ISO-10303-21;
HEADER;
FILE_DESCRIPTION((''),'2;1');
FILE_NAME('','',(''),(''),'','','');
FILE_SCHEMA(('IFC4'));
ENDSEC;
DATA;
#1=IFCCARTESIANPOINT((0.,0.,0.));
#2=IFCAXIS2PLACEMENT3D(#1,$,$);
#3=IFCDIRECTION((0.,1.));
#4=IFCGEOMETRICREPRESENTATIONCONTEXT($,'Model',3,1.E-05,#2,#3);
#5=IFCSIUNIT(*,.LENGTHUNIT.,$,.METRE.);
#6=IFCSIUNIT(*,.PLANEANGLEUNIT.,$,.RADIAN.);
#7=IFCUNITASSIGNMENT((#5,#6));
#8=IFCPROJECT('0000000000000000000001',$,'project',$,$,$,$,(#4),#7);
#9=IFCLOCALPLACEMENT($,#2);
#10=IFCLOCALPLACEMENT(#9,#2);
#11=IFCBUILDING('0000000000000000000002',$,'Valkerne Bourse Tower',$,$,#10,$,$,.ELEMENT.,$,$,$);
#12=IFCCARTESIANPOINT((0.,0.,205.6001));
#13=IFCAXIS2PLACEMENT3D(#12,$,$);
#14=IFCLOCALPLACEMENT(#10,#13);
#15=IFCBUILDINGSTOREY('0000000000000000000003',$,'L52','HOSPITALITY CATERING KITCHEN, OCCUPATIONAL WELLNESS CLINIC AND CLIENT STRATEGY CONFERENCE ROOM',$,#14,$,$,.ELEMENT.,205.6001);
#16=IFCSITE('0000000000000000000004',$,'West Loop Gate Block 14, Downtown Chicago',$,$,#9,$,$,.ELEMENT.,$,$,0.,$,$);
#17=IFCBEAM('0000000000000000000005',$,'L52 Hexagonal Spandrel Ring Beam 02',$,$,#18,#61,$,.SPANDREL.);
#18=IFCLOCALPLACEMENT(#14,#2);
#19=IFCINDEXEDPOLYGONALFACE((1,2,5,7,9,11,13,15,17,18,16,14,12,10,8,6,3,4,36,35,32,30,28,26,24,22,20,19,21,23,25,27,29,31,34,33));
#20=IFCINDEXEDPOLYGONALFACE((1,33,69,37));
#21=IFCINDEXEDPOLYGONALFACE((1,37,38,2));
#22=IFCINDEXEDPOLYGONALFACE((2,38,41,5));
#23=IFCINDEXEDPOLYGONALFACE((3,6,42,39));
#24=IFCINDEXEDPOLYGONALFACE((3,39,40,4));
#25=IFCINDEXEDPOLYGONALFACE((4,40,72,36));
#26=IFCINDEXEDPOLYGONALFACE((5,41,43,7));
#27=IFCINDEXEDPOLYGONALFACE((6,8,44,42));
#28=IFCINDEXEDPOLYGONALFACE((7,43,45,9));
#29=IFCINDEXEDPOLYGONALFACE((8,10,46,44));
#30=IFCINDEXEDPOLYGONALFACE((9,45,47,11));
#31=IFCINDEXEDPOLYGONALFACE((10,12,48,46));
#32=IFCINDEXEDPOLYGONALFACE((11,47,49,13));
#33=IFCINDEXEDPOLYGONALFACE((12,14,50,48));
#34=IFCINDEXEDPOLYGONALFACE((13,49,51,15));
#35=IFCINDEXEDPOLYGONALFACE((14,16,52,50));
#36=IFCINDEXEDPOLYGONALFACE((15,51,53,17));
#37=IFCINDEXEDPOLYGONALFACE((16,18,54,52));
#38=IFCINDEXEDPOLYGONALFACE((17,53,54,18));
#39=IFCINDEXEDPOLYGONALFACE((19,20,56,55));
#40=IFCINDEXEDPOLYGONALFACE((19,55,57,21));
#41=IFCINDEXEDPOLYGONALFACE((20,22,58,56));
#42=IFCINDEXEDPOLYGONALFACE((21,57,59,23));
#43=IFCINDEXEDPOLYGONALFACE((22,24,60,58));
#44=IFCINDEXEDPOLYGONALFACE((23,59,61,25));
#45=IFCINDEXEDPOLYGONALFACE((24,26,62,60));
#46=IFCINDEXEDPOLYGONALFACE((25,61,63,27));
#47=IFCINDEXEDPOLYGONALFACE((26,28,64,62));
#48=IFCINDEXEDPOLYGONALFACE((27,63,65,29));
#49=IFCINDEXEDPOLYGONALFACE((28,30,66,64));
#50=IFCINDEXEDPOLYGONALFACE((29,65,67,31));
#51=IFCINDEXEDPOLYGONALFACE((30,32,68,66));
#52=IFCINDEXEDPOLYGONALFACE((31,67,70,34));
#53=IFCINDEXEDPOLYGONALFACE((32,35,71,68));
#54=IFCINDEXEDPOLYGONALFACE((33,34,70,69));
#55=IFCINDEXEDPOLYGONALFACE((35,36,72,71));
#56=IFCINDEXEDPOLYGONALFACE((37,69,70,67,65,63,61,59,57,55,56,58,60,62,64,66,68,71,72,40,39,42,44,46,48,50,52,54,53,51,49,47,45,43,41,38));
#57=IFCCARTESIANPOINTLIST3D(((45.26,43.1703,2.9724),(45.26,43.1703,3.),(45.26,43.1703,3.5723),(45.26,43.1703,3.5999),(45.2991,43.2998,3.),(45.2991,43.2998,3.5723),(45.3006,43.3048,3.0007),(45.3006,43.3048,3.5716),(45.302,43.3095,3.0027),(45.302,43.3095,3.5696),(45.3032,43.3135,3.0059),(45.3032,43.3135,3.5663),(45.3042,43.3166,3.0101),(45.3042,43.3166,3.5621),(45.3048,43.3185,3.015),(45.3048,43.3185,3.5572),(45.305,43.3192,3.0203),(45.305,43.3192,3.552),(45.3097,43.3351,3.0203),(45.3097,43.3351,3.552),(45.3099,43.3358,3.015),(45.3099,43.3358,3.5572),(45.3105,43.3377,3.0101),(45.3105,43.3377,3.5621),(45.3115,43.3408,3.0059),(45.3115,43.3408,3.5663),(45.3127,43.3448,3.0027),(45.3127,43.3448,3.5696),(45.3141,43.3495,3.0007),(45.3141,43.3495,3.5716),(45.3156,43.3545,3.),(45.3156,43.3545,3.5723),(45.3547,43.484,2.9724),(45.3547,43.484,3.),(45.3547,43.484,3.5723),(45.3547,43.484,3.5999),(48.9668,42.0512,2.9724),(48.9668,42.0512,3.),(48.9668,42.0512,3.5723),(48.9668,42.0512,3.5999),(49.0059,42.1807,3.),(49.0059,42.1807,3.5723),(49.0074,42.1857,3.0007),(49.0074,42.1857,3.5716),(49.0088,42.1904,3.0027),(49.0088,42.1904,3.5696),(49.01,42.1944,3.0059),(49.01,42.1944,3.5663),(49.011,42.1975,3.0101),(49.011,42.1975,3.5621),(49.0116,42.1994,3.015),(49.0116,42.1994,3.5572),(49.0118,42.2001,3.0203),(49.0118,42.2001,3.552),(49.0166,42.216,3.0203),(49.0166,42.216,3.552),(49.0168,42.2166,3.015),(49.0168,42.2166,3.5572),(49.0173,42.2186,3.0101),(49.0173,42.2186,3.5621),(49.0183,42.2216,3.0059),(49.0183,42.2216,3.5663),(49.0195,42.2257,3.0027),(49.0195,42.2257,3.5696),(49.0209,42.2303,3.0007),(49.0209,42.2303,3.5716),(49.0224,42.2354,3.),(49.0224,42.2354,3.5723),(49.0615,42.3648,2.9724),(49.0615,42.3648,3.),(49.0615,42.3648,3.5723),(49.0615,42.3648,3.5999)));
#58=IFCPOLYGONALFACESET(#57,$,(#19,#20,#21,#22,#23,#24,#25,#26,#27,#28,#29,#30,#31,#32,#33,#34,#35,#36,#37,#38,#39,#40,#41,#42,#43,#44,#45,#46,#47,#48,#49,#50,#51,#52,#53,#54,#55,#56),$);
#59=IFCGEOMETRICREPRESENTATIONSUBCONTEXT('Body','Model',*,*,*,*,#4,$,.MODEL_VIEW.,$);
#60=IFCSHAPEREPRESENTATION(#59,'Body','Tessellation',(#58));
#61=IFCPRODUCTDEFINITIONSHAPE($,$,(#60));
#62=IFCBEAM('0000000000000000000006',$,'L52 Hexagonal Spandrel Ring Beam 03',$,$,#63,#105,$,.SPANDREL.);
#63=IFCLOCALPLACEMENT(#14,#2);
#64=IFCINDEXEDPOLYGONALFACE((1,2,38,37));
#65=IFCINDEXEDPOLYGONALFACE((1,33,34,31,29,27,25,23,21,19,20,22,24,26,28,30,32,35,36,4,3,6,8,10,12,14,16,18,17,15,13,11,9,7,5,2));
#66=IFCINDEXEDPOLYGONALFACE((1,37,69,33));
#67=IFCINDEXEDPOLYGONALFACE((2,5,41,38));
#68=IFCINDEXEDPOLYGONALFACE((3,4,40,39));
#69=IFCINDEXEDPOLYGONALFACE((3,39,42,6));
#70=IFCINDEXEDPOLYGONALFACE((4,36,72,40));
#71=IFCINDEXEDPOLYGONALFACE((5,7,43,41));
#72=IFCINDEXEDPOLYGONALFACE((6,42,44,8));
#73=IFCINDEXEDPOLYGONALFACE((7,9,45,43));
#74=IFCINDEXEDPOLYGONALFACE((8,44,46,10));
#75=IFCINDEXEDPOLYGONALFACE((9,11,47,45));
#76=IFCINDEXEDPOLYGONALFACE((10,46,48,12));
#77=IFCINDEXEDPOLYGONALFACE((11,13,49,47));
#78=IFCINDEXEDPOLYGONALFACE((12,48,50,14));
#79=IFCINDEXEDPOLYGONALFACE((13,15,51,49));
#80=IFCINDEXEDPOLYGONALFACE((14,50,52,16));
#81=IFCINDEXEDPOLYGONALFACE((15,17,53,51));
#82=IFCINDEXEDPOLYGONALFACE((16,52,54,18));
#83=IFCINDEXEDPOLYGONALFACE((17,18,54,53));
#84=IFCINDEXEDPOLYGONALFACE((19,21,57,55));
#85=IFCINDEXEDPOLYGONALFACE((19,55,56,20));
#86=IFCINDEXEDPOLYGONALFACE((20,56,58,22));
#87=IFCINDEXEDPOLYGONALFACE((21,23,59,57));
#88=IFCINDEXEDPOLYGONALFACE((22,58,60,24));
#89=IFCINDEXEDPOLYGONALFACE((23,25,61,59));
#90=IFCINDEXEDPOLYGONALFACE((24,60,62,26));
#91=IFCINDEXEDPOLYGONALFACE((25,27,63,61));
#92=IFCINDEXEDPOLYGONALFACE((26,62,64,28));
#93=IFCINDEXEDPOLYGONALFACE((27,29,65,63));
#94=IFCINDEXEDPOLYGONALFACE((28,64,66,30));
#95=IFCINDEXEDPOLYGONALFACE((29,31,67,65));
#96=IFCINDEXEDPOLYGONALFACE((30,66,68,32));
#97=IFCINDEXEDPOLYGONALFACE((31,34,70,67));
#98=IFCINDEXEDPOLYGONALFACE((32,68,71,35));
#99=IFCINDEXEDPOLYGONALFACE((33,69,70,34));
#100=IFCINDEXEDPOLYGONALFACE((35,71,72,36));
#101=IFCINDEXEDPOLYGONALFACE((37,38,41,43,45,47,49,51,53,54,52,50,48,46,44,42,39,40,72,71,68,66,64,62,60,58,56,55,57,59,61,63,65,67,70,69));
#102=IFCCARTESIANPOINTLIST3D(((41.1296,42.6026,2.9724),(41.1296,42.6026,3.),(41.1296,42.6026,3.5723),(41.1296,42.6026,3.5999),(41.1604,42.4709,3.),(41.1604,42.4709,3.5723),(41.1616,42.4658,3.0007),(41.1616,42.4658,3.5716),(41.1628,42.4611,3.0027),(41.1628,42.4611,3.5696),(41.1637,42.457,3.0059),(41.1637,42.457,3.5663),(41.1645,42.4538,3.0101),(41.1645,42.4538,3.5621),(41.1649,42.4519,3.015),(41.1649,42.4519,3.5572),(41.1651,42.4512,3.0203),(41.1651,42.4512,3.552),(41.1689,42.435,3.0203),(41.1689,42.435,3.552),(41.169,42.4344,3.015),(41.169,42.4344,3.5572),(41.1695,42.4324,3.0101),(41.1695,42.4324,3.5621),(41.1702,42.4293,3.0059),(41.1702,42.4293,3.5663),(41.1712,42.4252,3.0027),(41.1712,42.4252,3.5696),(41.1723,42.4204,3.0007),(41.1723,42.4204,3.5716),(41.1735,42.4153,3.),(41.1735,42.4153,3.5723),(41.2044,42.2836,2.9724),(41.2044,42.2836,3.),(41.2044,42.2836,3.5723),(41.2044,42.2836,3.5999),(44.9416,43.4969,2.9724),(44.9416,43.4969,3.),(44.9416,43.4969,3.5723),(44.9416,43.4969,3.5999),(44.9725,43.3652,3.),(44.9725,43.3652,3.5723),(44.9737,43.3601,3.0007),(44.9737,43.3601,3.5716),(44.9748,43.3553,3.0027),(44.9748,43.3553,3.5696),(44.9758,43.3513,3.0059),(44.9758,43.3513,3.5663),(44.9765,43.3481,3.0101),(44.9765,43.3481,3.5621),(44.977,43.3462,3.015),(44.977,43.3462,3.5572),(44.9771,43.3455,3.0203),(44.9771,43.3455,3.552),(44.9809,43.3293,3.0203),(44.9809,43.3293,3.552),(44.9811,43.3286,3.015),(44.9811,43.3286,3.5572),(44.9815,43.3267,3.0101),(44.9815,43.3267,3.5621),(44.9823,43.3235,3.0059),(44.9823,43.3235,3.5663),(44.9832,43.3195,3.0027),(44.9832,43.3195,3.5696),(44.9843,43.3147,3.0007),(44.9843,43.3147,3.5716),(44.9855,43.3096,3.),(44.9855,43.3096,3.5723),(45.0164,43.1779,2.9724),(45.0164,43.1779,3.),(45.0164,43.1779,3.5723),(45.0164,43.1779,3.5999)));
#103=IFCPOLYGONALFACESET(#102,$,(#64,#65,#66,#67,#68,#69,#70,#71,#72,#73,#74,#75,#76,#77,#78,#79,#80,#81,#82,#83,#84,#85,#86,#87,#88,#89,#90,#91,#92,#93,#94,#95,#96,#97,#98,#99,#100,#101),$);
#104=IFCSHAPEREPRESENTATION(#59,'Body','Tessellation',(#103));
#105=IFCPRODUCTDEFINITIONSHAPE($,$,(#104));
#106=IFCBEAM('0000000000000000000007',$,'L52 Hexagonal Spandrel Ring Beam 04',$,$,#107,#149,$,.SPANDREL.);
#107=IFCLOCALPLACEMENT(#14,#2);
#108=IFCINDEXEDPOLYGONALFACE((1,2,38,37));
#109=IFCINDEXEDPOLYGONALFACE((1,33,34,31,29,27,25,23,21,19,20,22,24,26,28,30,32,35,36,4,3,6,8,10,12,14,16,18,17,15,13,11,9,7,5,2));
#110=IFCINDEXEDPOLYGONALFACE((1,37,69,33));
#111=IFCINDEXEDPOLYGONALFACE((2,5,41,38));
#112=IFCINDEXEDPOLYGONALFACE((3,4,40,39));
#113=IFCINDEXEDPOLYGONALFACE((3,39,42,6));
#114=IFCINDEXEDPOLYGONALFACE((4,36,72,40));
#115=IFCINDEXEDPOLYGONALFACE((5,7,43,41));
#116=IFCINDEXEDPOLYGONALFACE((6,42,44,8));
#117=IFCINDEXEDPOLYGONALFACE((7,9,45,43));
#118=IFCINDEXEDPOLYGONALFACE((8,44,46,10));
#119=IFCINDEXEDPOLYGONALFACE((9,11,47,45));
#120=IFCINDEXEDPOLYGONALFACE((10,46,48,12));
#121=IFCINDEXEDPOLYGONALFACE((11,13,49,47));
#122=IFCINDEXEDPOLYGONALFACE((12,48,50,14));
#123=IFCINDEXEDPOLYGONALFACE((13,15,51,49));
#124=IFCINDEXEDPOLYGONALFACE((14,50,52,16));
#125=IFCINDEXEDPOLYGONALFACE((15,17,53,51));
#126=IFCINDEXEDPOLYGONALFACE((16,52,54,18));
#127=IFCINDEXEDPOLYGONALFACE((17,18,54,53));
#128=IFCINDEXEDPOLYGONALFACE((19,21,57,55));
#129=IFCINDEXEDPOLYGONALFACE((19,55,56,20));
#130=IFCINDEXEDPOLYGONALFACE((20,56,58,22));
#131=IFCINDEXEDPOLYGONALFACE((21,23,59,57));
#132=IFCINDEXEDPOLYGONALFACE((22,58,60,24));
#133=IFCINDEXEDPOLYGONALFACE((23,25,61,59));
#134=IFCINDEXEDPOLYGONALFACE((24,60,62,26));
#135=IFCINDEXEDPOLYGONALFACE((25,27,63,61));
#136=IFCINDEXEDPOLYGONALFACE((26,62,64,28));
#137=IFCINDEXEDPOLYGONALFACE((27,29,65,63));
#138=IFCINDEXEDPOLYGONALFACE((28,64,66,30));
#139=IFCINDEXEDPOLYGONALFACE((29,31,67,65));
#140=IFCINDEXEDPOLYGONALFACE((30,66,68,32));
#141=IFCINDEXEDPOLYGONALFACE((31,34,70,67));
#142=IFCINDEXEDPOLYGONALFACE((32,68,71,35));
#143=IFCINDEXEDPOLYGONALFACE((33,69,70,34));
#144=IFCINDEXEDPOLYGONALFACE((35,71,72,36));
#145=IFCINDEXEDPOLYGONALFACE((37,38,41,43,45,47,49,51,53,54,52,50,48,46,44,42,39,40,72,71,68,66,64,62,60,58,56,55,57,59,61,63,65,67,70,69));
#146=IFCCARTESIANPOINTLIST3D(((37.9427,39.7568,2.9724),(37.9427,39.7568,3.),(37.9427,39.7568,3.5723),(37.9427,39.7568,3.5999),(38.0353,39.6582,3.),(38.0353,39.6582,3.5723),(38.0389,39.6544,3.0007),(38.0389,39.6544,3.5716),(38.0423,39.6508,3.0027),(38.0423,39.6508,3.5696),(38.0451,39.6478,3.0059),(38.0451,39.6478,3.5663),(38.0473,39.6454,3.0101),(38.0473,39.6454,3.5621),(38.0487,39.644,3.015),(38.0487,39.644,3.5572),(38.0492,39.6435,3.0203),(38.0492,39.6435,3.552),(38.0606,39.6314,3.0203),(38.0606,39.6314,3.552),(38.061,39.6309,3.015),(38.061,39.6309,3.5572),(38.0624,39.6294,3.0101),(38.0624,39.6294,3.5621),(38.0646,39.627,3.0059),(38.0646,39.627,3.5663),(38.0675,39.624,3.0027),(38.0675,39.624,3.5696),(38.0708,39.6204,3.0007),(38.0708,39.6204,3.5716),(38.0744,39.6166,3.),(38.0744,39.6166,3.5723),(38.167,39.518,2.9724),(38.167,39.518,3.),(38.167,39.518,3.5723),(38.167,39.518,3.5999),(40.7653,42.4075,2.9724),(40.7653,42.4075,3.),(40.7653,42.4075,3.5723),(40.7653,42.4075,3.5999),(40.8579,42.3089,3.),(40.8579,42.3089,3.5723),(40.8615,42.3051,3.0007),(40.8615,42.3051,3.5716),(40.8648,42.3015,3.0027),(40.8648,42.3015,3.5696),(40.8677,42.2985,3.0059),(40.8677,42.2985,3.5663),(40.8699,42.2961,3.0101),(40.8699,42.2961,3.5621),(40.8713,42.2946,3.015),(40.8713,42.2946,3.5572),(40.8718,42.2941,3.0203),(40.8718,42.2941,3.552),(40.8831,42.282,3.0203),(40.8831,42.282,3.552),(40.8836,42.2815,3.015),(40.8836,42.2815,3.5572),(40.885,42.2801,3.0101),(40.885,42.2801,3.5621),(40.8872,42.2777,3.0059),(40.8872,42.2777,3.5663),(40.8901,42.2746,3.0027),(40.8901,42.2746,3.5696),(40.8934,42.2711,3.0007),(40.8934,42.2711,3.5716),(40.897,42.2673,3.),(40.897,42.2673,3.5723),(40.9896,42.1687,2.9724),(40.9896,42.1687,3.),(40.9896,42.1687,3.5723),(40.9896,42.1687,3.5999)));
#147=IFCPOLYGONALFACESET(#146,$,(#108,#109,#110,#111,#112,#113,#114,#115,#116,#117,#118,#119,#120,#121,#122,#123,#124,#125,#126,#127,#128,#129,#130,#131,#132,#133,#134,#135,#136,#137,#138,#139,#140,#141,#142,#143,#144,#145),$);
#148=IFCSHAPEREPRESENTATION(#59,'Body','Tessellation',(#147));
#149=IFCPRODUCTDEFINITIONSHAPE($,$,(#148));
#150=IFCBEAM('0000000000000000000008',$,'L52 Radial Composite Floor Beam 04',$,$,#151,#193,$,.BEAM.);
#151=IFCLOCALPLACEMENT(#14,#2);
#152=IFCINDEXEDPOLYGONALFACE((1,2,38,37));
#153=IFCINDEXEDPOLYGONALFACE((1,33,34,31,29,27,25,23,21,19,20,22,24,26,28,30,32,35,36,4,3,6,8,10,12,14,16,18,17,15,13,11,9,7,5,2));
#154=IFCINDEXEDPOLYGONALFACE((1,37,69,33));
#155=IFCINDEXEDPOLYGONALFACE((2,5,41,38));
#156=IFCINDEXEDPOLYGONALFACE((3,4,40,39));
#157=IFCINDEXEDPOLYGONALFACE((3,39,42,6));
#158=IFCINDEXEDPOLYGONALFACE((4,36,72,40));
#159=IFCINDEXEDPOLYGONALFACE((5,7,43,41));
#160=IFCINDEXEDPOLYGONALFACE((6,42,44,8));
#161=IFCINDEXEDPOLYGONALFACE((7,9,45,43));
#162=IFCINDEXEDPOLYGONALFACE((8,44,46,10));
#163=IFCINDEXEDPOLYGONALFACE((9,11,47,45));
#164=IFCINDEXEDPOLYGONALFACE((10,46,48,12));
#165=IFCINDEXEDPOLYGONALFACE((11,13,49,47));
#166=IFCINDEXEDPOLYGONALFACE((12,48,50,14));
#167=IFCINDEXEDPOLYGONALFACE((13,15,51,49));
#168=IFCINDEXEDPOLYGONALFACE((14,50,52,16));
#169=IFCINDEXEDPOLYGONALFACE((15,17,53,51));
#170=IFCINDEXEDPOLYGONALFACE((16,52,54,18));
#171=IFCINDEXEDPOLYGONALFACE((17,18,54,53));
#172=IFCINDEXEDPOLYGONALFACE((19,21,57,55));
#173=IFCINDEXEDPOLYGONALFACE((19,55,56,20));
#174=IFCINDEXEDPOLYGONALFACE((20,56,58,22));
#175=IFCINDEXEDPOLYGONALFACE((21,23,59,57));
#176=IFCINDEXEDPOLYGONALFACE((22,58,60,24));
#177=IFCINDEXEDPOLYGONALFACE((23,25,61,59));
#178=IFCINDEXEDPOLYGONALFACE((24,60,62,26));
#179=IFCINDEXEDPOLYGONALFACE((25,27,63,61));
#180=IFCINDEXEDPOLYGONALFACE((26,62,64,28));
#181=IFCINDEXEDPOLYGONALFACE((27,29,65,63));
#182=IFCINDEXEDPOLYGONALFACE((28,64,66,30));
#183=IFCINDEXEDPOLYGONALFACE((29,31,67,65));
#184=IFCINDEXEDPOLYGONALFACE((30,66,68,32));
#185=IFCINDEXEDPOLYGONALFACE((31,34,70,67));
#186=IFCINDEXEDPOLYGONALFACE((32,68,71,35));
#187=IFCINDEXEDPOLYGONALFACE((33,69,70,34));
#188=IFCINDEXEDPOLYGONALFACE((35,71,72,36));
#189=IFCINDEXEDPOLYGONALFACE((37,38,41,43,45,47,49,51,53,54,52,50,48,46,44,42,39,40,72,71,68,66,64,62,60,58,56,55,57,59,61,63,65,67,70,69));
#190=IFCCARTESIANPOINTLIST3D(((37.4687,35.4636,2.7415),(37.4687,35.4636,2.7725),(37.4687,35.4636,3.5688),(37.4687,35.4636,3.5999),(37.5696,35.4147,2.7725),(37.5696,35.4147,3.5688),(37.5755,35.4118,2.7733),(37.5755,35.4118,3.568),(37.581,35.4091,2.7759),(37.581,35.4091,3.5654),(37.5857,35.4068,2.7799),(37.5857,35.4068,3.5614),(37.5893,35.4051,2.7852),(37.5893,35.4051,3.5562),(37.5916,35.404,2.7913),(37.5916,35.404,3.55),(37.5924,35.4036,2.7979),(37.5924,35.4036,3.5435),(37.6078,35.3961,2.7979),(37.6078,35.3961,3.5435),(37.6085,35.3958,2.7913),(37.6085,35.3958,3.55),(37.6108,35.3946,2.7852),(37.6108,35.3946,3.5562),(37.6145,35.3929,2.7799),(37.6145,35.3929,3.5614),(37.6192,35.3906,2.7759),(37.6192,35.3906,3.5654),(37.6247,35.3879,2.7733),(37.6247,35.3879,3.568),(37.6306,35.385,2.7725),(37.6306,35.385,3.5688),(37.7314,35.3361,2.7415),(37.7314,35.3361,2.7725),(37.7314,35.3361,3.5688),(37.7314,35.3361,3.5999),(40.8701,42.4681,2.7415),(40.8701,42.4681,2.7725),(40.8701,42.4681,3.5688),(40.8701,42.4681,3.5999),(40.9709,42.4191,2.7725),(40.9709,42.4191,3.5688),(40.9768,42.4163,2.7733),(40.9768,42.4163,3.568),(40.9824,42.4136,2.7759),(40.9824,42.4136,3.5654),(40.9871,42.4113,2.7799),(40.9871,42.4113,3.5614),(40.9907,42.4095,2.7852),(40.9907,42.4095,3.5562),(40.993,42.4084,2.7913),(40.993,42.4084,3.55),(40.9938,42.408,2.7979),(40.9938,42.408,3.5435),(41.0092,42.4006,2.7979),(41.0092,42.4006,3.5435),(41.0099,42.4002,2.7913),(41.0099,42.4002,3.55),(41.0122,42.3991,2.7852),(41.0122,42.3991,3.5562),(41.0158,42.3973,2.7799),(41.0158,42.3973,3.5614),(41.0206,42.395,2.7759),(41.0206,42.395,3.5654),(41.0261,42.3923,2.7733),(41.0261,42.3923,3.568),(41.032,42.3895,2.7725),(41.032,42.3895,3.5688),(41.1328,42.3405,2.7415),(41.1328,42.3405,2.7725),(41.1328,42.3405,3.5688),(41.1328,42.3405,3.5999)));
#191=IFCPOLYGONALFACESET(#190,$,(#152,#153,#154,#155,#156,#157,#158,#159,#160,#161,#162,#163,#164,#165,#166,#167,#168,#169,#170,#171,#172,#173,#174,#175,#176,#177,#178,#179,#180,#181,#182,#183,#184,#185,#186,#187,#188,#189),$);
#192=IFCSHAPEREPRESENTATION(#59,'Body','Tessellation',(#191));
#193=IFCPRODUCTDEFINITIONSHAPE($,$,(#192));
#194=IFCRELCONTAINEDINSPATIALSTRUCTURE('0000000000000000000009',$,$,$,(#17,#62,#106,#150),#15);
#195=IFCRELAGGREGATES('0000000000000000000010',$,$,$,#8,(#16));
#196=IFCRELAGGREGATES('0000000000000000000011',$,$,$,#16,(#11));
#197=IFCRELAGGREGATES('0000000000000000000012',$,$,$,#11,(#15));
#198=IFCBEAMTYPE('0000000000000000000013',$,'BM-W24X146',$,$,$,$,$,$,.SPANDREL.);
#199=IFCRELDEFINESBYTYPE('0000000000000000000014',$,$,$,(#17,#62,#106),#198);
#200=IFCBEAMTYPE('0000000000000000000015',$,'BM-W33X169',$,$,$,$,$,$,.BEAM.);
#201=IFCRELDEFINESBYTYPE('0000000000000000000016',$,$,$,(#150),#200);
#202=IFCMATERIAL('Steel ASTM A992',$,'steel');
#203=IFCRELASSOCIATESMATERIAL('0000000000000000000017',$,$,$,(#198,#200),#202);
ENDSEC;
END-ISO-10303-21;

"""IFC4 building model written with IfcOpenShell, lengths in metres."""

from ifc_helpers import new_model, si_unit, direction, frame, origin, origin_2d, place, context, subcontext, project, spatial, i_section, extrude, material, material_profile, profile_set, type_object, element, save


model = new_model("IFC4")

# Units and contexts
model_context = context("Model", 3, precision=1e-05, world=origin(), true_north=direction((0.0, 1.0)))
body_context = subcontext(model_context, "Body", "Model", "MODEL_VIEW")
ifc_project = project(units=[si_unit("LENGTHUNIT", "METRE"), si_unit("PLANEANGLEUNIT", "RADIAN")], contexts=[model_context])

# Site, building, storey
site_placement = place(None, origin())
site = spatial("IfcSite", under=ifc_project, at=site_placement, Name="West Loop Gate Block 14, Downtown Chicago", CompositionType="ELEMENT", RefElevation=0.0)
building_placement = place(site_placement, origin())
building = spatial("IfcBuilding", under=site, at=building_placement, Name="Valkerne Bourse Tower", CompositionType="ELEMENT")
storey_placement = place(building_placement, frame((0.0, 0.0, 205.6001)))
storey = spatial("IfcBuildingStorey", under=building, at=storey_placement, Name="L52", Description="HOSPITALITY CATERING KITCHEN, OCCUPATIONAL WELLNESS CLINIC AND CLIENT STRATEGY CONFERENCE ROOM", CompositionType="ELEMENT", Elevation=205.6001)

# Beams
ifc_material_1 = material(Name="Steel ASTM A992", Category="steel")
ifc_material_profile_1 = material_profile(ifc_material_1, i_section(OverallWidth=0.3276, OverallDepth=0.6274, WebThickness=0.0166, FlangeThickness=0.0276, FilletRadius=0.0203, at=origin_2d()), Name="W24X146")
ifc_profile_set_1 = profile_set([ifc_material_profile_1], Name="Steel ASTM A992")
beam_type_1 = type_object("IfcBeamType", Name="BM-W24X146", PredefinedType="SPANDREL", material=ifc_profile_set_1)
beam_1_placement = place(storey_placement, frame((49.0142, 42.208, 3.2861), z_axis=(-0.95732, 0.289031, 0.0), x_axis=(-0.289031, -0.95732, 0.0)))
element("IfcBeam", 1, at=beam_1_placement, inside=storey, type_object=beam_type_1, Name="L52 Hexagonal Spandrel Ring Beam 02", PredefinedType="SPANDREL", context=body_context, shape_type="SweptSolid", body=[
    extrude(i_section(OverallWidth=0.3276, OverallDepth=0.6274, WebThickness=0.0166, FlangeThickness=0.0276, FilletRadius=0.0203, at=origin_2d()), origin(), (0.0, 0.0, 1.0), 3.8721),
])
beam_2_placement = place(storey_placement, frame((44.979, 43.3374, 3.2861), z_axis=(-0.973568, -0.228396, 0.0), x_axis=(0.228396, -0.973568, 0.0)))
element("IfcBeam", 2, at=beam_2_placement, inside=storey, type_object=beam_type_1, Name="L52 Hexagonal Spandrel Ring Beam 03", PredefinedType="SPANDREL", context=body_context, shape_type="SweptSolid", body=[
    extrude(i_section(OverallWidth=0.3276, OverallDepth=0.6274, WebThickness=0.0166, FlangeThickness=0.0276, FilletRadius=0.0203, at=origin_2d()), origin(), (0.0, 0.0, 1.0), 3.9155),
])
beam_3_placement = place(storey_placement, frame((40.8774, 42.2881, 3.2861), z_axis=(-0.728953, -0.684564, 0.0), x_axis=(0.684564, -0.728953, 0.0)))
element("IfcBeam", 3, at=beam_3_placement, inside=storey, type_object=beam_type_1, Name="L52 Hexagonal Spandrel Ring Beam 04", PredefinedType="SPANDREL", context=body_context, shape_type="SweptSolid", body=[
    extrude(i_section(OverallWidth=0.3276, OverallDepth=0.6274, WebThickness=0.0166, FlangeThickness=0.0276, FilletRadius=0.0203, at=origin_2d()), origin(), (0.0, 0.0, 1.0), 3.8721),
])
ifc_material_profile_2 = material_profile(ifc_material_1, i_section(OverallWidth=0.292, OverallDepth=0.8584, WebThickness=0.0171, FlangeThickness=0.031, FilletRadius=0.0254, at=origin_2d()), Name="W33X169")
ifc_profile_set_2 = profile_set([ifc_material_profile_2], Name="Steel ASTM A992")
beam_type_2 = type_object("IfcBeamType", Name="BM-W33X169", PredefinedType="BEAM", material=ifc_profile_set_2)
beam_4_placement = place(storey_placement, frame((41.0015, 42.4043, 3.1707), z_axis=(-0.436824, -0.899547, 0.0), x_axis=(0.899547, -0.436824, 0.0)))
element("IfcBeam", 4, at=beam_4_placement, inside=storey, type_object=beam_type_2, Name="L52 Radial Composite Floor Beam 04", PredefinedType="BEAM", context=body_context, shape_type="SweptSolid", body=[
    extrude(i_section(OverallWidth=0.292, OverallDepth=0.8584, WebThickness=0.0171, FlangeThickness=0.031, FilletRadius=0.0254, at=origin_2d()), origin(), (0.0, 0.0, 1.0), 7.7866),
])

save(model, "model.ifc")
